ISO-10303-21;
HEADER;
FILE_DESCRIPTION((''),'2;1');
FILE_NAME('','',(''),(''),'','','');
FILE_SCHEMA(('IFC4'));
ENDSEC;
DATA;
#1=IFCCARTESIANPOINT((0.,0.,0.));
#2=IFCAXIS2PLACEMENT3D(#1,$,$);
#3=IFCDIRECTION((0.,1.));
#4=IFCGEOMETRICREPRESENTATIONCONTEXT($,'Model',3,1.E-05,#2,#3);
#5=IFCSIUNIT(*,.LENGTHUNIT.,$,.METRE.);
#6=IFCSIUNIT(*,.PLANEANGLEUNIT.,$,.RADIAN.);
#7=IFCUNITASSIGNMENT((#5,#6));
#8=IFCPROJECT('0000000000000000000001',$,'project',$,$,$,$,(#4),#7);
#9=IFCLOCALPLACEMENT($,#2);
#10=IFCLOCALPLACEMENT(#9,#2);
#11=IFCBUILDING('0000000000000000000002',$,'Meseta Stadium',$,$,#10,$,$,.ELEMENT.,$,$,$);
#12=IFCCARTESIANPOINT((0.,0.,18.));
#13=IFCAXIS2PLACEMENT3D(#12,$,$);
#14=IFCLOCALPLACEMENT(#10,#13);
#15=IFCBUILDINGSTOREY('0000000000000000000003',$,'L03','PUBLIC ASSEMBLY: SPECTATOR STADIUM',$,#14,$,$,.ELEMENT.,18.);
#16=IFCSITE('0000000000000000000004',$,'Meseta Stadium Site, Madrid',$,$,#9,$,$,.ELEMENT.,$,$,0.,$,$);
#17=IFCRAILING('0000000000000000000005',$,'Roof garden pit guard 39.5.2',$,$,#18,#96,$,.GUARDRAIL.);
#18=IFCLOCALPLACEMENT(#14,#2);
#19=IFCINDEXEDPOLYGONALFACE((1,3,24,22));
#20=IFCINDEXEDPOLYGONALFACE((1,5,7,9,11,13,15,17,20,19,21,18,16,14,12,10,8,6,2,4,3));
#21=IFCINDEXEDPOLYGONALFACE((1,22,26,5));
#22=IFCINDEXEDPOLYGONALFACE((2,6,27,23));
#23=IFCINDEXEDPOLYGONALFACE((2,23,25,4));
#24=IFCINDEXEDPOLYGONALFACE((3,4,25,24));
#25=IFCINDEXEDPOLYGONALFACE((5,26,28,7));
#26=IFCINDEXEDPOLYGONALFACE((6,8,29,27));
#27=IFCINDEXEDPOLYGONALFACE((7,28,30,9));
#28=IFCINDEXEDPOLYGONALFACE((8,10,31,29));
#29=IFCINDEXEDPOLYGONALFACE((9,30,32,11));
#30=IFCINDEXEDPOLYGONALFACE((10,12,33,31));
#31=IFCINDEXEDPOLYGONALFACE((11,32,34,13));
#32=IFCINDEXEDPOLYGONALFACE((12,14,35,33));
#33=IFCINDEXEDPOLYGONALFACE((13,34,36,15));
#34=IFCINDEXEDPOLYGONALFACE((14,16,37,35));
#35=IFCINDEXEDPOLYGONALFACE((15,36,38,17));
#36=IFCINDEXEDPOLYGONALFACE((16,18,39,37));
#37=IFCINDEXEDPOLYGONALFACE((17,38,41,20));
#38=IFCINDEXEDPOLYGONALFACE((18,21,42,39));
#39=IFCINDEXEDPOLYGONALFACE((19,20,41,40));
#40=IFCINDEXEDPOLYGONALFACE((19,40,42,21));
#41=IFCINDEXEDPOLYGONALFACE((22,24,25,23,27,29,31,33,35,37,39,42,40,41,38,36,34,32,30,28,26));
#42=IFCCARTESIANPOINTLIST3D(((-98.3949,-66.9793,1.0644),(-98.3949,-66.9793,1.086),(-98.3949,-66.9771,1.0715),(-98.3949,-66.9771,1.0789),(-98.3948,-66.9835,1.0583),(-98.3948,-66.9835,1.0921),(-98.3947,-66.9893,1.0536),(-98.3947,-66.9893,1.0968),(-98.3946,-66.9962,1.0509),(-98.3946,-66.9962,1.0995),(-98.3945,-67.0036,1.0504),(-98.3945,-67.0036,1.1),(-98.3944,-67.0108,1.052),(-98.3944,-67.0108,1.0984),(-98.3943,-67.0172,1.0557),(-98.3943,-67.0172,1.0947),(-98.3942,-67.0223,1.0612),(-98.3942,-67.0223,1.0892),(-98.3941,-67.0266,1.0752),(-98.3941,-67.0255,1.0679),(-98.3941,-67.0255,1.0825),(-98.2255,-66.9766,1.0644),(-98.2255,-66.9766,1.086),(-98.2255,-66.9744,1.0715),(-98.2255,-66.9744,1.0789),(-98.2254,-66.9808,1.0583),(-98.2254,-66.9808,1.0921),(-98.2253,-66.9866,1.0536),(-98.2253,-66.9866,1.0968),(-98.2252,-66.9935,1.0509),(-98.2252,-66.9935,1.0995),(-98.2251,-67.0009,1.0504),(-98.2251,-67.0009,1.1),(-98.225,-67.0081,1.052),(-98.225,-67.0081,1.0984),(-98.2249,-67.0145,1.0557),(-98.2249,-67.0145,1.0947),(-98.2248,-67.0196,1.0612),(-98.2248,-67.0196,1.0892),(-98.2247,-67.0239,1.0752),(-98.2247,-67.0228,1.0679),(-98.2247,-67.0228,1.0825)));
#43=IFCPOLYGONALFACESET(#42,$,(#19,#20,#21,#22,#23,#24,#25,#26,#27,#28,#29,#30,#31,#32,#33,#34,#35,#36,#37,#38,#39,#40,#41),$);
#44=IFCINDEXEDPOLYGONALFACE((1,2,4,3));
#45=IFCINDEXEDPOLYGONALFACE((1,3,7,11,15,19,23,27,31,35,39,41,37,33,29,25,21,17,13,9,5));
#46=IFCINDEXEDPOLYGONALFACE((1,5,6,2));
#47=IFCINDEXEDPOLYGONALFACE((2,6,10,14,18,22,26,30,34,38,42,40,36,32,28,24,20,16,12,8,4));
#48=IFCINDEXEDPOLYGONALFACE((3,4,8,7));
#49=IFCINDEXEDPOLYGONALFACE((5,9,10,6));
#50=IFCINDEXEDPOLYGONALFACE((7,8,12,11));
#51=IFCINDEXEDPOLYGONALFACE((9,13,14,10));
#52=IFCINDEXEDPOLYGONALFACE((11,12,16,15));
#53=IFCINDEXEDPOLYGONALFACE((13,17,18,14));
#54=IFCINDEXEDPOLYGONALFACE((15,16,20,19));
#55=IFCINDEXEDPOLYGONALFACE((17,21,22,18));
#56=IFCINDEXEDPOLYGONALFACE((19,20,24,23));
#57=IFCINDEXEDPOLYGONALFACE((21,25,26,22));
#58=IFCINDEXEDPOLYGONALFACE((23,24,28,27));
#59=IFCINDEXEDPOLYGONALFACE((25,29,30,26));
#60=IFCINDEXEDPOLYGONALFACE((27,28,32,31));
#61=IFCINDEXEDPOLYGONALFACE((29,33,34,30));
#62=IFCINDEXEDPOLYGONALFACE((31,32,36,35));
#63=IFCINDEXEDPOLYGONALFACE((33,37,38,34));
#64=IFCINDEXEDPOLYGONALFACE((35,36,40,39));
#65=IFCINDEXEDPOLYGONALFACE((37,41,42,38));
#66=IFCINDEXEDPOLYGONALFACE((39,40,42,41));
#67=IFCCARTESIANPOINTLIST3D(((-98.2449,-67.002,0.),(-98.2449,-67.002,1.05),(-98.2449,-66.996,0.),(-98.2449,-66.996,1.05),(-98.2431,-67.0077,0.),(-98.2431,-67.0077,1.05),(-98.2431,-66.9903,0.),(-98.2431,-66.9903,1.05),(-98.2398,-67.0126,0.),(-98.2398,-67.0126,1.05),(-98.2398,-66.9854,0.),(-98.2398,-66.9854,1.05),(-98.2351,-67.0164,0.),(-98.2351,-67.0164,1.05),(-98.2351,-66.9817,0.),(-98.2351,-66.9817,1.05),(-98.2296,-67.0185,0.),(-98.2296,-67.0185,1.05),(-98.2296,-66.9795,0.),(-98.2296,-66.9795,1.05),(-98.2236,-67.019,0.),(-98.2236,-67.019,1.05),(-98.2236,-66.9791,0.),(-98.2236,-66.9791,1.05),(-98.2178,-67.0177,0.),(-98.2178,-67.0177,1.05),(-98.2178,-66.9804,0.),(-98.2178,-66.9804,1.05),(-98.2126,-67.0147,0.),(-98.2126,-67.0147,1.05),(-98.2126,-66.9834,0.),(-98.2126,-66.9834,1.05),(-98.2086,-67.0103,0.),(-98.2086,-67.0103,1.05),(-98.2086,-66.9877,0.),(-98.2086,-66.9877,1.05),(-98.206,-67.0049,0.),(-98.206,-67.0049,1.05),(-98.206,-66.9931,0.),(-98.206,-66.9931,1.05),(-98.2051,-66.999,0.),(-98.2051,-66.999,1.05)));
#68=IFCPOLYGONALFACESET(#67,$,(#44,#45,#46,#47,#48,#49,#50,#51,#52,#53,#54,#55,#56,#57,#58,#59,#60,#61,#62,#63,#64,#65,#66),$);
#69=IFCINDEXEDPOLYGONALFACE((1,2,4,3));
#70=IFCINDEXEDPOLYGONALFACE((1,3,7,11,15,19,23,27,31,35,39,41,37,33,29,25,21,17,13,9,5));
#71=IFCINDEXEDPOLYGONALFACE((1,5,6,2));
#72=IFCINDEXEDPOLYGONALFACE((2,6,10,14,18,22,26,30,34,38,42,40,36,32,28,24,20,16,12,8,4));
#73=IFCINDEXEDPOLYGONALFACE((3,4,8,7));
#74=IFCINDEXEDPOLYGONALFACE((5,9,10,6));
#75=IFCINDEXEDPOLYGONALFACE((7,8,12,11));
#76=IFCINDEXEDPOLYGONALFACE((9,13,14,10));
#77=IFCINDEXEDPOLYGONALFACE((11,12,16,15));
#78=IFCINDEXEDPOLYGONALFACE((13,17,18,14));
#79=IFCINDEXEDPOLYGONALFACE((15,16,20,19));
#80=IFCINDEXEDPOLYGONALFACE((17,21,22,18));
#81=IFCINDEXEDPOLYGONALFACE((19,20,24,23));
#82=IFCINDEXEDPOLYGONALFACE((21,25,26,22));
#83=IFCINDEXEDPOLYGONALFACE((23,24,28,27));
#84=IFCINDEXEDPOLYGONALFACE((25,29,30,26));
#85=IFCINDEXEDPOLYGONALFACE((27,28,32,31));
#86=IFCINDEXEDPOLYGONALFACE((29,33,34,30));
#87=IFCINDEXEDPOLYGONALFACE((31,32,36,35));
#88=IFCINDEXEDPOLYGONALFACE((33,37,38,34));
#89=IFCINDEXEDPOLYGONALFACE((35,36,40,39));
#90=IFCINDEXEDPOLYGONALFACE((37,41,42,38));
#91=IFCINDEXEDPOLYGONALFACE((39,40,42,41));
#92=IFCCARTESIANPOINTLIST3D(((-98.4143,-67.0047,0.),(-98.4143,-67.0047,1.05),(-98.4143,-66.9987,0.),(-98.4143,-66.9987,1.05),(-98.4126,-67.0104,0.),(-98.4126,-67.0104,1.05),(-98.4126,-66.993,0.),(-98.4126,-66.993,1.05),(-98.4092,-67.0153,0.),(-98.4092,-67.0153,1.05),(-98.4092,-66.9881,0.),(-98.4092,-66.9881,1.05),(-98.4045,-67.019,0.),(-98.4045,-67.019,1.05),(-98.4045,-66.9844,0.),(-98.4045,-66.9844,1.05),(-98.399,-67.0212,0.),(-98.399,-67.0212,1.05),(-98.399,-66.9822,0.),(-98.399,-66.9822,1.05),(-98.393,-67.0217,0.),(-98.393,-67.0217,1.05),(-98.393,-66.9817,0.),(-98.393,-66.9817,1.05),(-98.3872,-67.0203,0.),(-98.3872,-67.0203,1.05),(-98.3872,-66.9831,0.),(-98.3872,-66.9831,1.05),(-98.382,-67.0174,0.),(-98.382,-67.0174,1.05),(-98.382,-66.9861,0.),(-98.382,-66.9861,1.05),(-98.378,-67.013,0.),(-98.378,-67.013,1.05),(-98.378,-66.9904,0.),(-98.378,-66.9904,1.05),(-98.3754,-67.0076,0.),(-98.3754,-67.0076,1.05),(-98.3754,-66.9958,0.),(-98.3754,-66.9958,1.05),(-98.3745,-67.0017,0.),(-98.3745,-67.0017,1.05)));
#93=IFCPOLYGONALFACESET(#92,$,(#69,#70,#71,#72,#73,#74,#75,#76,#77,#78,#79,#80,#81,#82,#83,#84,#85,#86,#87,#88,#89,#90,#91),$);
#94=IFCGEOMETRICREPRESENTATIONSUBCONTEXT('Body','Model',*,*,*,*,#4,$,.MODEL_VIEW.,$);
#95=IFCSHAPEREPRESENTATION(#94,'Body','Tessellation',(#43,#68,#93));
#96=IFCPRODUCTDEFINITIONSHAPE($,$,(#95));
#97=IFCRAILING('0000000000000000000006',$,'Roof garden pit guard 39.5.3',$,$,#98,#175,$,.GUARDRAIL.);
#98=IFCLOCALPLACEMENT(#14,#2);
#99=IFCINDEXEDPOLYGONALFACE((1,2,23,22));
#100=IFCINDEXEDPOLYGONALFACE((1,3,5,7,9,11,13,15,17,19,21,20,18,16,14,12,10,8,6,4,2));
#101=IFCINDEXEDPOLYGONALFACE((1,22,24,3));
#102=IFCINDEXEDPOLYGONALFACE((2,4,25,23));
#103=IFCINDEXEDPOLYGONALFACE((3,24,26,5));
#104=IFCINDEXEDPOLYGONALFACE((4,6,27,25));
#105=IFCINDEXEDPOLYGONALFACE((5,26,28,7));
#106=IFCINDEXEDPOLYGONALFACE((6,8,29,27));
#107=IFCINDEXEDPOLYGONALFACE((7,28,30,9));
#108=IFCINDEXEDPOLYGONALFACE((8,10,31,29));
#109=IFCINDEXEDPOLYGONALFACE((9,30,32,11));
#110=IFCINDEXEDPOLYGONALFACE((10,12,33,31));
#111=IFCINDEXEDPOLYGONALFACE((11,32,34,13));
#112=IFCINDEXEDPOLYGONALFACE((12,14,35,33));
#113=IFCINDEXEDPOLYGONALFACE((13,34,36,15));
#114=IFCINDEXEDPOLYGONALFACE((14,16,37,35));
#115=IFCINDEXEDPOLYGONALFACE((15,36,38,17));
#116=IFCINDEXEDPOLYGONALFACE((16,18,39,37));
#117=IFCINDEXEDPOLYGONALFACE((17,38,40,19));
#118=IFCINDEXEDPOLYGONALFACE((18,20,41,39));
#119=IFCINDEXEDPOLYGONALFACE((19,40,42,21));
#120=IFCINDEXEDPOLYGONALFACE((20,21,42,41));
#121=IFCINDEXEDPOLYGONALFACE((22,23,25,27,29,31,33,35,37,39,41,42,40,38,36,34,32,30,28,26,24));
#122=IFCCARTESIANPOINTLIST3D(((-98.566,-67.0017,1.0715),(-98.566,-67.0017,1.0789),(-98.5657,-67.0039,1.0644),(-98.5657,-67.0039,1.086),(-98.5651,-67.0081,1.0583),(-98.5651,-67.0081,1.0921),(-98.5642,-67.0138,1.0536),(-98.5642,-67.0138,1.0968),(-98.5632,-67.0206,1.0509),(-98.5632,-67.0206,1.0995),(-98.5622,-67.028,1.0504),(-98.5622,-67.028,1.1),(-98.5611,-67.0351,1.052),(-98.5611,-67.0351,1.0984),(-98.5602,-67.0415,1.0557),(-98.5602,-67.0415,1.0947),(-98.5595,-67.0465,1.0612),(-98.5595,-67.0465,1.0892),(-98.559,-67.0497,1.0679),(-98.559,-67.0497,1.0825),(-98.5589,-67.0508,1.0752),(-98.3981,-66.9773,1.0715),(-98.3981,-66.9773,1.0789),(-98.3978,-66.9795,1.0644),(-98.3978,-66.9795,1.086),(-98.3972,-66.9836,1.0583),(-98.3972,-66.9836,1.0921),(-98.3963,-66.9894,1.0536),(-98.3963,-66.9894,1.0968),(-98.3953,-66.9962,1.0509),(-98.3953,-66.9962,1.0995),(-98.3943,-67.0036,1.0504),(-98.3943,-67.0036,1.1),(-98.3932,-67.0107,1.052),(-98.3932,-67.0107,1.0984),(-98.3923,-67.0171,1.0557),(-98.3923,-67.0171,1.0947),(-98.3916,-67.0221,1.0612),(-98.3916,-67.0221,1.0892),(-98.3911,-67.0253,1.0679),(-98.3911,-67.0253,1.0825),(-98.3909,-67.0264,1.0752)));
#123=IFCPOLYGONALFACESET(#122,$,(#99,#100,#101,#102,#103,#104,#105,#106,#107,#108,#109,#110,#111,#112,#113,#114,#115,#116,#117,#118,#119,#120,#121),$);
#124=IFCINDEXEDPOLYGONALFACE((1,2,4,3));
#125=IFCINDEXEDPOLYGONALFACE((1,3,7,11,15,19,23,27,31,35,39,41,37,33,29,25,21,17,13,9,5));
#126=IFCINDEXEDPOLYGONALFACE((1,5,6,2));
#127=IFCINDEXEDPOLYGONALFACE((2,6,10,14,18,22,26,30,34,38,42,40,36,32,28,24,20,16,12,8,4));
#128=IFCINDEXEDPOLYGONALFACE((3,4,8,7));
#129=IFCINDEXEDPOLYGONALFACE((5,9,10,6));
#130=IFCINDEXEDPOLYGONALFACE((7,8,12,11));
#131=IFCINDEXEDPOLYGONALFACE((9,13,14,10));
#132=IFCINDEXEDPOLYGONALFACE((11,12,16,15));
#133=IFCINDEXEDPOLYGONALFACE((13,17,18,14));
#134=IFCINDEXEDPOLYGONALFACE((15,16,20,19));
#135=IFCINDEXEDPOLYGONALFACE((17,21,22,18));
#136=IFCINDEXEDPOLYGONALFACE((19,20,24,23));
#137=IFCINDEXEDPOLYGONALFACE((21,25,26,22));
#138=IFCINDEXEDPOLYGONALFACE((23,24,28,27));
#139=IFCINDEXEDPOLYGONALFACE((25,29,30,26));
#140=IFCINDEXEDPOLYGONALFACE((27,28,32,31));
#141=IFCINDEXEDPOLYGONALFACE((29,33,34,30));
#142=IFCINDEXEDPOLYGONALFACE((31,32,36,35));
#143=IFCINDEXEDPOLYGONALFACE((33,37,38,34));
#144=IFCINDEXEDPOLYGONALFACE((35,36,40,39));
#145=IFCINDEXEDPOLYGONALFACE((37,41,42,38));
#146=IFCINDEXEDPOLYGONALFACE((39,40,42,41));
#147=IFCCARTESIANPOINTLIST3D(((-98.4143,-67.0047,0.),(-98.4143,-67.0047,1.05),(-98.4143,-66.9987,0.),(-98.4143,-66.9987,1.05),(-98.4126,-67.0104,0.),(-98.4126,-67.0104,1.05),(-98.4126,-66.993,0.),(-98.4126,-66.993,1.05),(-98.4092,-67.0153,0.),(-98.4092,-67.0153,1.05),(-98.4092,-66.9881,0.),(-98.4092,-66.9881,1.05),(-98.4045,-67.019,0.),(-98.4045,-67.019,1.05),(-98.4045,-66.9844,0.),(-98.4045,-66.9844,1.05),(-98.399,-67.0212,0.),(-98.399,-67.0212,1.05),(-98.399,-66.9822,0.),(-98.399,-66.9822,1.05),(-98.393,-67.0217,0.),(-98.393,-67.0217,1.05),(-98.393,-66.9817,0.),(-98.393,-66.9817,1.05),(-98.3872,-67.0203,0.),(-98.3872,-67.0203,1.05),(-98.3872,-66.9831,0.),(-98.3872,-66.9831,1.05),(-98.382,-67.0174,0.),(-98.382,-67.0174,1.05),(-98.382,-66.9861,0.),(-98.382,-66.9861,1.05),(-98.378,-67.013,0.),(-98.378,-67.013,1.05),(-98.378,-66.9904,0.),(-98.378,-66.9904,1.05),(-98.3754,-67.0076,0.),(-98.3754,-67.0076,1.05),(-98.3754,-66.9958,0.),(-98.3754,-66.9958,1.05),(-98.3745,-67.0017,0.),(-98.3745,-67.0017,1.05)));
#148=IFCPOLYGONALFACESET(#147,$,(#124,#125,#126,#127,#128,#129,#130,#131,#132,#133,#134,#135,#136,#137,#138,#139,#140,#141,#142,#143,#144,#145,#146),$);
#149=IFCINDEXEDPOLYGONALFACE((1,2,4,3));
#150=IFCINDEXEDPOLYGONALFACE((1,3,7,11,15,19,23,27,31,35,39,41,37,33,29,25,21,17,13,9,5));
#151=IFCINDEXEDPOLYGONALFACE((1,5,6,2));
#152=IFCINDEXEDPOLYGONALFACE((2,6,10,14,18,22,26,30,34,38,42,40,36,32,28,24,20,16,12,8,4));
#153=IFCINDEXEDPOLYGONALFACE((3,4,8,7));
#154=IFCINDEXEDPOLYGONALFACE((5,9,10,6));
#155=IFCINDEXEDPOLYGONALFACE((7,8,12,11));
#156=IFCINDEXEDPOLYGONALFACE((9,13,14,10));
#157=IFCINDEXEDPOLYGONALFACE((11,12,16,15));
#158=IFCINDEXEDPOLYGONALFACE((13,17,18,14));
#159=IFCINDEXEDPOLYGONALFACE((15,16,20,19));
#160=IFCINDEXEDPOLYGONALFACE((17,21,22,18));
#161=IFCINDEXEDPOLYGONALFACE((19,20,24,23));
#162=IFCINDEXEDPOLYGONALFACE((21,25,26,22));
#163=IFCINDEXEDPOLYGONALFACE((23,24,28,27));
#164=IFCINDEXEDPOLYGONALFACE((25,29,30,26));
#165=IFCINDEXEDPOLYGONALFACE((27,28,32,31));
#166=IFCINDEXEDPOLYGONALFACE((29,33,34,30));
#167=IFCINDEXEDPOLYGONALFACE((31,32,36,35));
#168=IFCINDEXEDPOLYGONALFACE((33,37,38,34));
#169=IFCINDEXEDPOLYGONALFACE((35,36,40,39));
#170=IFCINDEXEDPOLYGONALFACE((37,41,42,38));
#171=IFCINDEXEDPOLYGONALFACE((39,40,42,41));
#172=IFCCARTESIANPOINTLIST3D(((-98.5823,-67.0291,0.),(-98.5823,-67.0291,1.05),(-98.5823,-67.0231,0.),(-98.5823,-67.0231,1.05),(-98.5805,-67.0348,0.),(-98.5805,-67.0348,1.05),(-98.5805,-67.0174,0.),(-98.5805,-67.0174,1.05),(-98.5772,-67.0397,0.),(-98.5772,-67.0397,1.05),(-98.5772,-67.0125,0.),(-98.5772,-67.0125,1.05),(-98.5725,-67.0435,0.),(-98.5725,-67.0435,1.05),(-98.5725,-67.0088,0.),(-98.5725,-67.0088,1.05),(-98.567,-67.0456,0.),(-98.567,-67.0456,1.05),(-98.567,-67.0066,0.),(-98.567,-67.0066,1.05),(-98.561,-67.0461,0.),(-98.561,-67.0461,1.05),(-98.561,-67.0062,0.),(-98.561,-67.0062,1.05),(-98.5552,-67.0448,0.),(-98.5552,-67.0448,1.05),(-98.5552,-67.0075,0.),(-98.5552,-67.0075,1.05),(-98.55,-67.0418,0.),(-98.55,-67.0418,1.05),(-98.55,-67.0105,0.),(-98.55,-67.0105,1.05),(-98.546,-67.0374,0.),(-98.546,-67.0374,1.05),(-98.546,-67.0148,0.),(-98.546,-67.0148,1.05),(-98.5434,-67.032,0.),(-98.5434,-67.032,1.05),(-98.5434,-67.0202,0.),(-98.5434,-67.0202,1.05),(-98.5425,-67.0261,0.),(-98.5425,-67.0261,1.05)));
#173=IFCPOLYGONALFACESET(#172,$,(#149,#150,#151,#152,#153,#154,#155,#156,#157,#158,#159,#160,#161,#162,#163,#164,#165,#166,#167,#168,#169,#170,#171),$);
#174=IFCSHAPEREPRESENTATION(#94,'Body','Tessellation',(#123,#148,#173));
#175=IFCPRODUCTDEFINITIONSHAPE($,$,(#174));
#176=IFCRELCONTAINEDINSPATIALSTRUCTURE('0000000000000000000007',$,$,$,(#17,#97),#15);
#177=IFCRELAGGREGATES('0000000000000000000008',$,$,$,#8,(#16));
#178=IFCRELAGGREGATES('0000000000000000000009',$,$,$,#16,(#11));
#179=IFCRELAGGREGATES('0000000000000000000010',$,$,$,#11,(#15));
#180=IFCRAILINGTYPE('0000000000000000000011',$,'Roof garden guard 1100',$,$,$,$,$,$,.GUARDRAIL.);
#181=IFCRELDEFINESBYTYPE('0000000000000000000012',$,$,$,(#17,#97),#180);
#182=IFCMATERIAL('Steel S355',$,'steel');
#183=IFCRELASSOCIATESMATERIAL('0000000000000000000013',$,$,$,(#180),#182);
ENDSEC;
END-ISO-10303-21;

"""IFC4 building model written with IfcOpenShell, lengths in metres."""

from ifc_helpers import new_model, si_unit, direction, frame, origin, origin_2d, place, context, subcontext, project, spatial, circle, extrude, material, type_object, element, save


model = new_model("IFC4")

# Units and contexts
model_context = context("Model", 3, precision=1e-05, world=origin(), true_north=direction((0.0, 1.0)))
body_context = subcontext(model_context, "Body", "Model", "MODEL_VIEW")
ifc_project = project(units=[si_unit("LENGTHUNIT", "METRE"), si_unit("PLANEANGLEUNIT", "RADIAN")], contexts=[model_context])

# Site, building, storey
site_placement = place(None, origin())
site = spatial("IfcSite", under=ifc_project, at=site_placement, Name="Meseta Stadium Site, Madrid", CompositionType="ELEMENT", RefElevation=0.0)
building_placement = place(site_placement, origin())
building = spatial("IfcBuilding", under=site, at=building_placement, Name="Meseta Stadium", CompositionType="ELEMENT")
storey_placement = place(building_placement, frame((0.0, 0.0, 18.0)))
storey = spatial("IfcBuildingStorey", under=building, at=storey_placement, Name="L03", Description="PUBLIC ASSEMBLY: SPECTATOR STADIUM", CompositionType="ELEMENT", Elevation=18.0)

# Railings
ifc_material_1 = material(Name="Steel S355", Category="steel")
railing_type = type_object("IfcRailingType", Name="Roof garden guard 1100", PredefinedType="GUARDRAIL", material=ifc_material_1)
railing_1_placement = place(storey_placement, frame((-98.2251, -66.999, 0.0)))
element("IfcRailing", 1, at=railing_1_placement, inside=storey, type_object=railing_type, Name="Roof garden pit guard 39.5.2", PredefinedType="GUARDRAIL", context=body_context, shape_type="SweptSolid", body=[
    extrude(circle(Radius=0.0249, at=origin_2d()), frame((0.0, 0.0, 1.0752), z_axis=(-0.999874, -0.015848, 0.0), x_axis=(0.015848, -0.999874, 0.0)), (0.0, 0.0, 1.0), 0.1694),
    extrude(circle(Radius=0.02, at=origin_2d()), origin(), (0.0, 0.0, 1.0), 1.05),
    extrude(circle(Radius=0.02, at=origin_2d()), frame((-0.1694, -0.0027, 0.0)), (0.0, 0.0, 1.0), 1.05),
])
railing_2_placement = place(storey_placement, frame((-98.3945, -67.0017, 0.0)))
element("IfcRailing", 2, at=railing_2_placement, inside=storey, type_object=railing_type, Name="Roof garden pit guard 39.5.3", PredefinedType="GUARDRAIL", context=body_context, shape_type="SweptSolid", body=[
    extrude(circle(Radius=0.0249, at=origin_2d()), frame((0.0, 0.0, 1.0752), z_axis=(-0.989601, -0.143837, 0.0), x_axis=(0.143837, -0.989601, 0.0)), (0.0, 0.0, 1.0), 0.1697),
    extrude(circle(Radius=0.02, at=origin_2d()), origin(), (0.0, 0.0, 1.0), 1.05),
    extrude(circle(Radius=0.02, at=origin_2d()), frame((-0.168, -0.0244, 0.0)), (0.0, 0.0, 1.0), 1.05),
])

save(model, "model.ifc")
